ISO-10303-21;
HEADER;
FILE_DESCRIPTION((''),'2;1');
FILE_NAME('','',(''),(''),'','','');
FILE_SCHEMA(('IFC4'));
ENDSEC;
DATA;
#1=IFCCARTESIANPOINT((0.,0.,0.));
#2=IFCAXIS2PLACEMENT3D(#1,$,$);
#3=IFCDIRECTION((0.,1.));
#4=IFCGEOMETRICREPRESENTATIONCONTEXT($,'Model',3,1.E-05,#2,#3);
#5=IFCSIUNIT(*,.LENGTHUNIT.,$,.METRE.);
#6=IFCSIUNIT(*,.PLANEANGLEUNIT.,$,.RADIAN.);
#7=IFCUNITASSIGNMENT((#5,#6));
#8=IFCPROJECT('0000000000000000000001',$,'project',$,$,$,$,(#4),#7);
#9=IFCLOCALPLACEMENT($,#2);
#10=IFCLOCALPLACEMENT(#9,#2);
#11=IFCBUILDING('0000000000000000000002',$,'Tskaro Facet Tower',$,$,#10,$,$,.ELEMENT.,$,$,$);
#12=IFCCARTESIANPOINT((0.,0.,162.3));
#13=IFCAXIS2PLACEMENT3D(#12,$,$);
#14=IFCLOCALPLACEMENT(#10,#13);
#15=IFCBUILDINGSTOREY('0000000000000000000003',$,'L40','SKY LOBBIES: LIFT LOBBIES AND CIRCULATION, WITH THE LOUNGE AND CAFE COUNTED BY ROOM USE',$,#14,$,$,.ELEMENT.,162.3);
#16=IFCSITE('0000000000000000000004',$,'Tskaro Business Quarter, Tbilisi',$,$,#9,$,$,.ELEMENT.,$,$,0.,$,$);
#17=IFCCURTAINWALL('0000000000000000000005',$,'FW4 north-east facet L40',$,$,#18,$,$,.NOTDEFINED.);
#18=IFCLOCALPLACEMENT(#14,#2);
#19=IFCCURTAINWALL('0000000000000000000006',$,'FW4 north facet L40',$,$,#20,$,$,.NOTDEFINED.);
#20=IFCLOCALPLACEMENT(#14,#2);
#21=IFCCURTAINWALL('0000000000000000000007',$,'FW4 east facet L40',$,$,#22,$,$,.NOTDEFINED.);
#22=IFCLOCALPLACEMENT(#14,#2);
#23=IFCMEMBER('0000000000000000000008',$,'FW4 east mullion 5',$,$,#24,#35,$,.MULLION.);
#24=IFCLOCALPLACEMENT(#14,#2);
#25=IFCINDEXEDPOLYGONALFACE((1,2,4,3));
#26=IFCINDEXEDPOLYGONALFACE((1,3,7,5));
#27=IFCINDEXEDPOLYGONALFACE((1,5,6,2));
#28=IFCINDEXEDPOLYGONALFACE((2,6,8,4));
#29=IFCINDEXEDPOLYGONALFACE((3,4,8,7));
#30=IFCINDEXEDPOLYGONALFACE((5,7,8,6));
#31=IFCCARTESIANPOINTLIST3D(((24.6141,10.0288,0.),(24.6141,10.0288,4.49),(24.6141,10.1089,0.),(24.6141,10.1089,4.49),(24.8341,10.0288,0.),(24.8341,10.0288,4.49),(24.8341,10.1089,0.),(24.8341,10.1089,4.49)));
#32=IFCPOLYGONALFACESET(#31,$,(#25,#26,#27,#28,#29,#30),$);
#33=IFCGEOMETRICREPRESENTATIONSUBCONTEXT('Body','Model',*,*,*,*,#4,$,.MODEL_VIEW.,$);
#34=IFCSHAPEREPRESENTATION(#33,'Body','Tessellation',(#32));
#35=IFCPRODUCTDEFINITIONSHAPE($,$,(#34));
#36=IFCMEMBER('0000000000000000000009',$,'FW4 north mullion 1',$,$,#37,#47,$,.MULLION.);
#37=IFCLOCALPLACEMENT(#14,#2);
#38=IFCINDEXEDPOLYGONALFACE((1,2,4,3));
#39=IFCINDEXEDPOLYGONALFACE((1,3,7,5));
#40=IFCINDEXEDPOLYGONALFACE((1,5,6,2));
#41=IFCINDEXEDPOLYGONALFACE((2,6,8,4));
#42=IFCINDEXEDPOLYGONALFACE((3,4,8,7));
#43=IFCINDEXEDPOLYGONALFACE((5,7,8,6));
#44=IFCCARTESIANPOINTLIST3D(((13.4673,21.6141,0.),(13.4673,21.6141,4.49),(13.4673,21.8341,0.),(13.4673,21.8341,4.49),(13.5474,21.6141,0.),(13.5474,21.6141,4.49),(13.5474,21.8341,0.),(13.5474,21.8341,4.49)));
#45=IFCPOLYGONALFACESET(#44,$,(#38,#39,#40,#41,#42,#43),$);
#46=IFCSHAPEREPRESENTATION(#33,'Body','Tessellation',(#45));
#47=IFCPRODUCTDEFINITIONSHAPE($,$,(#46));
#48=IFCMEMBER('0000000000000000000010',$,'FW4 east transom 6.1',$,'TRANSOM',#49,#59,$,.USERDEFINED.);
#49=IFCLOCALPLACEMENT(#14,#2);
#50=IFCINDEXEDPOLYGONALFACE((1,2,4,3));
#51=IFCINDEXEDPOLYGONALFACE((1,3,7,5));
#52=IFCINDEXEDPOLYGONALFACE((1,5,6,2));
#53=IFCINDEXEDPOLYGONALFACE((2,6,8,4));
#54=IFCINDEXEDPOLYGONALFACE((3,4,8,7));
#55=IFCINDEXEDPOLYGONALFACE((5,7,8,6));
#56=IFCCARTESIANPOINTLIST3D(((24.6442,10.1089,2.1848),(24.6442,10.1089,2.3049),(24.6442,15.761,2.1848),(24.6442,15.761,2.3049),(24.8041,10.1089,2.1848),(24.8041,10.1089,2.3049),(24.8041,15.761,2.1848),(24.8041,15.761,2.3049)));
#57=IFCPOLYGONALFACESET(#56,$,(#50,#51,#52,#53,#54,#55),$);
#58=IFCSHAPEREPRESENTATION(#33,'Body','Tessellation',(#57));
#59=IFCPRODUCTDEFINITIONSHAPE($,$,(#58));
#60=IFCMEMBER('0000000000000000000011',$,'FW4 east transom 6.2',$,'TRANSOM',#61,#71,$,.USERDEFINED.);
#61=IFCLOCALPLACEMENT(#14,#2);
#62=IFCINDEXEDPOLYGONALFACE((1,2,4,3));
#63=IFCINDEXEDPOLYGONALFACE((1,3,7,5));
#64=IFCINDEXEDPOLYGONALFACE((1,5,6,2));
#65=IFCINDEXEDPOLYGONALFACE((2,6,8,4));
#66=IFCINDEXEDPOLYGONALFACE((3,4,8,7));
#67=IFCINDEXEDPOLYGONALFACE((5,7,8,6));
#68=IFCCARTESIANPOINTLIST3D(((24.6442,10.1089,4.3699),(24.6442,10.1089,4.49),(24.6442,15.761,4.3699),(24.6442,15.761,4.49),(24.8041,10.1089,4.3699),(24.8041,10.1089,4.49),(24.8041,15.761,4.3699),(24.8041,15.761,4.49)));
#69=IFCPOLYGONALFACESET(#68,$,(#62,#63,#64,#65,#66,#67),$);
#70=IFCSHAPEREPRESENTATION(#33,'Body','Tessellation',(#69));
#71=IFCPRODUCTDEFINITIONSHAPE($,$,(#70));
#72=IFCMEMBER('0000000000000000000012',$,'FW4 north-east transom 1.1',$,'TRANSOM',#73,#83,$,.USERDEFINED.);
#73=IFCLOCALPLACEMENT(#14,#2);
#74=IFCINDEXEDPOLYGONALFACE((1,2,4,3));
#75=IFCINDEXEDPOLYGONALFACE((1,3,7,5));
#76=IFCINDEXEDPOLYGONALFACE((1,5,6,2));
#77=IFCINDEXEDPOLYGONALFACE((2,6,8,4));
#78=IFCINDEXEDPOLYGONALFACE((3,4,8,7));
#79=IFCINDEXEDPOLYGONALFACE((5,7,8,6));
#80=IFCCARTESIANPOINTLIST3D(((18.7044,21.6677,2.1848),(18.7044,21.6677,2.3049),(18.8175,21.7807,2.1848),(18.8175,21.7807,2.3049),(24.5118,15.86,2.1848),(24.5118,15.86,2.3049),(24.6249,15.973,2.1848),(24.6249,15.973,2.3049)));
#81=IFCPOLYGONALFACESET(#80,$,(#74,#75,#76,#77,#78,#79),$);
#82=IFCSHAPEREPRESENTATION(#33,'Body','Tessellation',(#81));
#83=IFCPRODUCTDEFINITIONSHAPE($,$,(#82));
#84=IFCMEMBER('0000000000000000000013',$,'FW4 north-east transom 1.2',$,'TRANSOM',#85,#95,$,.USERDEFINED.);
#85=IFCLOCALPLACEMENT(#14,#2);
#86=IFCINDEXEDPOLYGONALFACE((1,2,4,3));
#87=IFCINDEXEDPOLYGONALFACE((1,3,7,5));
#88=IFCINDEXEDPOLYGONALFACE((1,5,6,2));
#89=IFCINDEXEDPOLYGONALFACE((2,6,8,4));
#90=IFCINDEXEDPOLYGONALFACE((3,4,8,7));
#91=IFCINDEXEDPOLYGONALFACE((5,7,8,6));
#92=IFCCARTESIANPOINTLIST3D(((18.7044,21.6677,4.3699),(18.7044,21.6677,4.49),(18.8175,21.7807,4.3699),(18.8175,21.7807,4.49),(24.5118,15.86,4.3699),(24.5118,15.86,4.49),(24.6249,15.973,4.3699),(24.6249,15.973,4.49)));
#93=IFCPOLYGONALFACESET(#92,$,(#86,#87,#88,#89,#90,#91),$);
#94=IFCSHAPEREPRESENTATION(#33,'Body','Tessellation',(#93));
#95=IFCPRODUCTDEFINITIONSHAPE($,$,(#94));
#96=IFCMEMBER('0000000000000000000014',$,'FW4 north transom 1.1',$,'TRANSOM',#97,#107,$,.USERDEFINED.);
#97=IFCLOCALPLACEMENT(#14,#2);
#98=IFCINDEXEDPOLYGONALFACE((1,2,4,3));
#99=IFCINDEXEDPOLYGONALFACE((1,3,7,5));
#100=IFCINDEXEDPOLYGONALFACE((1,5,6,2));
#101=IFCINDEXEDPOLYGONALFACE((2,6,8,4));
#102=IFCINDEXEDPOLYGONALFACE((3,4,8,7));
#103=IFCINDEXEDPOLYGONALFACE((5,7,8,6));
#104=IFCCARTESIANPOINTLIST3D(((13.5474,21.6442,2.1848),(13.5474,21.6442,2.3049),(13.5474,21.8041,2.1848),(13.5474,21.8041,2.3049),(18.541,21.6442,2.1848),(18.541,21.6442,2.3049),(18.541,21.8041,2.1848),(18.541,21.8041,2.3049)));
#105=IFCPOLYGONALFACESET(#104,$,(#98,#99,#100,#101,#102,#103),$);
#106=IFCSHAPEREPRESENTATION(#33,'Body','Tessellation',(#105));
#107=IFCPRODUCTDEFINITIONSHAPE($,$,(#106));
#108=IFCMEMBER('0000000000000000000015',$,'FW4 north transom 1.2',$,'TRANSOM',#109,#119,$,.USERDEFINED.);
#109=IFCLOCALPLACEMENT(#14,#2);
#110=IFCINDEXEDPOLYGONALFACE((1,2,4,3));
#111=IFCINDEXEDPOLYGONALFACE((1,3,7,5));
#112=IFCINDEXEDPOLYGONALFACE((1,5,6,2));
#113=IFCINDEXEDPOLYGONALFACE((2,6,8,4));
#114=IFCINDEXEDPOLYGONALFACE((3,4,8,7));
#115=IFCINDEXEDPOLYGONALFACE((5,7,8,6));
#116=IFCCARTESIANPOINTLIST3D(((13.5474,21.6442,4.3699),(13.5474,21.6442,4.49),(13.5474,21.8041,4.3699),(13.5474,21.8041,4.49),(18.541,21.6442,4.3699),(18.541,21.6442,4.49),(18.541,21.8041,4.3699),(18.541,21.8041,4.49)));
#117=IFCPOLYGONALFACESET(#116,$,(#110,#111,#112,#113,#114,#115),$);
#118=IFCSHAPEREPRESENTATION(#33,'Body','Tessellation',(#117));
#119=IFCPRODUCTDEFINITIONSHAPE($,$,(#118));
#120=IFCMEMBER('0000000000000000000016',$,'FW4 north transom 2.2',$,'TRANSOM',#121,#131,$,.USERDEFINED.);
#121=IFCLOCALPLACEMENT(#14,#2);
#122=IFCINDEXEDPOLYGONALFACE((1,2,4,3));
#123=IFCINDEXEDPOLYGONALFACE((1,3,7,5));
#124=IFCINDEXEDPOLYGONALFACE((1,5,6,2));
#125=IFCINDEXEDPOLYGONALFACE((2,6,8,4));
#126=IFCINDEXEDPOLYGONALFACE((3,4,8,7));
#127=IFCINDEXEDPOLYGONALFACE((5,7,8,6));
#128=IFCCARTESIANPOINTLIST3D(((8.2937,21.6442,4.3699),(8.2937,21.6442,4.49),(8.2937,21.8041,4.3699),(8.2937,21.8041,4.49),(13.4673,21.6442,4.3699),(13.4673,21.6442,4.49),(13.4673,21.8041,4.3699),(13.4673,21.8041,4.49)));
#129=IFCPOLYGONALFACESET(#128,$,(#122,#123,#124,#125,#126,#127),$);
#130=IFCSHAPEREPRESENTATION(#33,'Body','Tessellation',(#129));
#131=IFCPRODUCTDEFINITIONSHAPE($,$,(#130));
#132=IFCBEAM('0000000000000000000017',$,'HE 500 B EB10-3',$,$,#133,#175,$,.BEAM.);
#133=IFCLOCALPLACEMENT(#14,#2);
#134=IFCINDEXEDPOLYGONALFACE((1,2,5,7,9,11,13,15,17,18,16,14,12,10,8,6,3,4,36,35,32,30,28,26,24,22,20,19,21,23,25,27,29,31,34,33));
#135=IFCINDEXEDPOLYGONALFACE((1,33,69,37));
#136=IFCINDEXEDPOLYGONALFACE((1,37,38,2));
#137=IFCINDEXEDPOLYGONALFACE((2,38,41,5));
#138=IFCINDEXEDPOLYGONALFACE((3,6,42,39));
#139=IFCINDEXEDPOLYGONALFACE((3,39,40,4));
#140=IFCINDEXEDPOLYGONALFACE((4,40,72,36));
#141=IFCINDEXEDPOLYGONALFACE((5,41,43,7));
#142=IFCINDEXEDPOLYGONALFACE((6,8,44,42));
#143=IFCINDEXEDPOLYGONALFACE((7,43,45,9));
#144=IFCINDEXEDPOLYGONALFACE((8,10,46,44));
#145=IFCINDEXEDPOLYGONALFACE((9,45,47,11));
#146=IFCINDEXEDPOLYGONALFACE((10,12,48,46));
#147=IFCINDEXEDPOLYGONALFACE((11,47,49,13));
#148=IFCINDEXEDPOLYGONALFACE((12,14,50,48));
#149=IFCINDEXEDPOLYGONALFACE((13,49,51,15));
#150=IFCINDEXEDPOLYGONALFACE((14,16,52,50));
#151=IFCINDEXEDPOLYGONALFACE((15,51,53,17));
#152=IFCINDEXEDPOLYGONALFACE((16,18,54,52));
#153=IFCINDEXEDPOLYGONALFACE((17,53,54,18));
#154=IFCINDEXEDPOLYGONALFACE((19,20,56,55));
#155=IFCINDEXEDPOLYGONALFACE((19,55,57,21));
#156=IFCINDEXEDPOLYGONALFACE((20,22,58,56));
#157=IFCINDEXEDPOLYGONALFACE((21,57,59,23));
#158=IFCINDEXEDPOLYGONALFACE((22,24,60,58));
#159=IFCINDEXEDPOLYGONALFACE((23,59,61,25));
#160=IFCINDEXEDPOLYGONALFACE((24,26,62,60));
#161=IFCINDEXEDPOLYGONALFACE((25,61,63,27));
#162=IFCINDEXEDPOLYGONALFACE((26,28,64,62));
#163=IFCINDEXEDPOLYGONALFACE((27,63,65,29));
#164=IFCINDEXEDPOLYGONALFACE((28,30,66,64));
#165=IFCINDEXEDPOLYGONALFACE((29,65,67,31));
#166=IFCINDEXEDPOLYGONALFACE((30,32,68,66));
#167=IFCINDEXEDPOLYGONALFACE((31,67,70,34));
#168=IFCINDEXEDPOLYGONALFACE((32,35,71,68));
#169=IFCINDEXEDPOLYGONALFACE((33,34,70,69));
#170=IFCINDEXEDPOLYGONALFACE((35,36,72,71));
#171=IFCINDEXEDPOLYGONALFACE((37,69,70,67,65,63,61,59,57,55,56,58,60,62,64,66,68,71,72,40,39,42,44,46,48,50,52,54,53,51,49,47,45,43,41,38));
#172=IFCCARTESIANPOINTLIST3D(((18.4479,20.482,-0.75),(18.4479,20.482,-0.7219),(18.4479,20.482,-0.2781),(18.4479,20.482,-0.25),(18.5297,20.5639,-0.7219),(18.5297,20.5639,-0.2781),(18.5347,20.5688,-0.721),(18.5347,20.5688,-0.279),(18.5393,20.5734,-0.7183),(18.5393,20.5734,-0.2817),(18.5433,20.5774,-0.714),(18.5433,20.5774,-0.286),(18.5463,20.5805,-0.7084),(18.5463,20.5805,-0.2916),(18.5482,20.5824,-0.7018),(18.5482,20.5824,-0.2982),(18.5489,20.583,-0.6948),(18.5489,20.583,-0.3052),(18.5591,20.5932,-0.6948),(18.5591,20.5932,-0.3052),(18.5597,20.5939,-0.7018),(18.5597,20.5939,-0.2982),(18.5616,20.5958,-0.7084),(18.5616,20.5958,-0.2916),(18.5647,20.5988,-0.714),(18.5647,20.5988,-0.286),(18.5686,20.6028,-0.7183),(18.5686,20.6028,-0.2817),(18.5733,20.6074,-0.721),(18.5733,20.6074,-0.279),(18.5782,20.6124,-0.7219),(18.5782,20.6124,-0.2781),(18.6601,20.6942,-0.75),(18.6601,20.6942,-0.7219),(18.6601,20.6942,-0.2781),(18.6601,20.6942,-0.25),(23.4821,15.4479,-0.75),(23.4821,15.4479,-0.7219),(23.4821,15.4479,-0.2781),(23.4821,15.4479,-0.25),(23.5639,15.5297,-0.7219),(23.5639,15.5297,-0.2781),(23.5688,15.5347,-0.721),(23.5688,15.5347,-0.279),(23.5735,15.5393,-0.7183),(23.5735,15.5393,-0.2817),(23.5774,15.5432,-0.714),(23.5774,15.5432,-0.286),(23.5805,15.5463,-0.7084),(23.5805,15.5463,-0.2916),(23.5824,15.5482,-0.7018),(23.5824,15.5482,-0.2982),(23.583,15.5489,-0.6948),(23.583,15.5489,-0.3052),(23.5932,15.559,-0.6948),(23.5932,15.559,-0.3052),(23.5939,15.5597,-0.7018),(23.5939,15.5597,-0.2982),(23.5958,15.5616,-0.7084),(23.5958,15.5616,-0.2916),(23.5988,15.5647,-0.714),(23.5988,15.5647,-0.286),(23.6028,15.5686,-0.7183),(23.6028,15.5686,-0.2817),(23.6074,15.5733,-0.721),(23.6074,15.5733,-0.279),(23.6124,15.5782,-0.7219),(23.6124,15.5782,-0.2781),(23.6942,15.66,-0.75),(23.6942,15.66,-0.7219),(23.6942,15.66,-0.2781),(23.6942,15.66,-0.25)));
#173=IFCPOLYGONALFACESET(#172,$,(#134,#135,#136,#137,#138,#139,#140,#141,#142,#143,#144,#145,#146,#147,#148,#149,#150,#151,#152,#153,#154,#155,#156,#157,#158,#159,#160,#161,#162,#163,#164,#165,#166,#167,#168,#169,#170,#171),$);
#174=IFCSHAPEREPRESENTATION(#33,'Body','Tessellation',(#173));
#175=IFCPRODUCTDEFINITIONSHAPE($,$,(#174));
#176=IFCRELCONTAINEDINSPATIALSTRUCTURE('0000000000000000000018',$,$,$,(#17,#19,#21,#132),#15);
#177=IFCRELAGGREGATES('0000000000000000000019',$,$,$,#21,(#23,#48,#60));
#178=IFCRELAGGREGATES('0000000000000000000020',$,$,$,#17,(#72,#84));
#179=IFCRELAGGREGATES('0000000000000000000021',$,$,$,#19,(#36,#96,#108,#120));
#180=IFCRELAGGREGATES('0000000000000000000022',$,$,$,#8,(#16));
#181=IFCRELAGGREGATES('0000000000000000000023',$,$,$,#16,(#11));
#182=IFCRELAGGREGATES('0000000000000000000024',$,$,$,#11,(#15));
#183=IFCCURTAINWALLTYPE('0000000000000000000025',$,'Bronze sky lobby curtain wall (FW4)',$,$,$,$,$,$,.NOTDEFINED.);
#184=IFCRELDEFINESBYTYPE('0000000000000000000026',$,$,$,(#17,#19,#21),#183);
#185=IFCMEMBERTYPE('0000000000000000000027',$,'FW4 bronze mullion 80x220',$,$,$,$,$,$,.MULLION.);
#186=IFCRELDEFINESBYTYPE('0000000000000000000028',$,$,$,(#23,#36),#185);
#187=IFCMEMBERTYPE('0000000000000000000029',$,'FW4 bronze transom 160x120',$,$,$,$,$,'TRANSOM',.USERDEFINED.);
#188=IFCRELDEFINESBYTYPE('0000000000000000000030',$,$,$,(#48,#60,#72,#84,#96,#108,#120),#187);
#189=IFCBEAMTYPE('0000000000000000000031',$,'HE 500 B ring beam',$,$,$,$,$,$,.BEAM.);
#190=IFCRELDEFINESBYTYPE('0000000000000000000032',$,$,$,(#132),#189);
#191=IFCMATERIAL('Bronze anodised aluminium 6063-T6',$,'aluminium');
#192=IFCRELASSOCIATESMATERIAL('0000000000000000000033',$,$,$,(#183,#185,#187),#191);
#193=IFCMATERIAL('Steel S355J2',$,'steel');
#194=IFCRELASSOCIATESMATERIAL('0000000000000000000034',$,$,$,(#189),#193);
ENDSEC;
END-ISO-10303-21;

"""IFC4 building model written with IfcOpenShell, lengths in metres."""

from ifc_helpers import new_model, si_unit, direction, frame, origin, origin_2d, place, context, subcontext, project, spatial, rectangle, i_section, extrude, material, material_profile, profile_set, type_object, element, aggregate, save


model = new_model("IFC4")

# Units and contexts
model_context = context("Model", 3, precision=1e-05, world=origin(), true_north=direction((0.0, 1.0)))
body_context = subcontext(model_context, "Body", "Model", "MODEL_VIEW")
ifc_project = project(units=[si_unit("LENGTHUNIT", "METRE"), si_unit("PLANEANGLEUNIT", "RADIAN")], contexts=[model_context])

# Site, building, storey
site_placement = place(None, origin())
site = spatial("IfcSite", under=ifc_project, at=site_placement, Name="Tskaro Business Quarter, Tbilisi", CompositionType="ELEMENT", RefElevation=0.0)
building_placement = place(site_placement, origin())
building = spatial("IfcBuilding", under=site, at=building_placement, Name="Tskaro Facet Tower", CompositionType="ELEMENT")
storey_placement = place(building_placement, frame((0.0, 0.0, 162.3)))
storey = spatial("IfcBuildingStorey", under=building, at=storey_placement, Name="L40", Description="SKY LOBBIES: LIFT LOBBIES AND CIRCULATION, WITH THE LOUNGE AND CAFE COUNTED BY ROOM USE", CompositionType="ELEMENT", Elevation=162.3)

# Curtain walls, member
ifc_material_1 = material(Name="Bronze anodised aluminium 6063-T6", Category="aluminium")
curtain_wall_type = type_object("IfcCurtainWallType", Name="Bronze sky lobby curtain wall (FW4)", PredefinedType="NOTDEFINED", material=ifc_material_1)
curtain_wall_1_placement = place(storey_placement, origin())
curtain_wall_1 = element("IfcCurtainWall", 1, at=curtain_wall_1_placement, inside=storey, type_object=curtain_wall_type, Name="FW4 north-east facet L40", PredefinedType="NOTDEFINED")
curtain_wall_2_placement = place(storey_placement, origin())
curtain_wall_2 = element("IfcCurtainWall", 2, at=curtain_wall_2_placement, inside=storey, type_object=curtain_wall_type, Name="FW4 north facet L40", PredefinedType="NOTDEFINED")
curtain_wall_3_placement = place(storey_placement, origin())
curtain_wall_3 = element("IfcCurtainWall", 3, at=curtain_wall_3_placement, inside=storey, type_object=curtain_wall_type, Name="FW4 east facet L40", PredefinedType="NOTDEFINED")
ifc_material_profile_1 = material_profile(ifc_material_1, rectangle(XDim=0.0801, YDim=0.22, at=origin_2d()), Name="Mullion 80x220")
ifc_profile_set_1 = profile_set([ifc_material_profile_1], Name="Bronze anodised aluminium 6063-T6")
member_type_1 = type_object("IfcMemberType", Name="FW4 bronze mullion 80x220", PredefinedType="MULLION", material=ifc_profile_set_1)
member_1_placement = place(storey_placement, frame((24.7241, 10.0688, 0.0), z_axis=(0.0, 0.0, 1.0), x_axis=(0.0, 1.0, 0.0)))
member_1 = element("IfcMember", 4, at=member_1_placement, type_object=member_type_1, Name="FW4 east mullion 5", PredefinedType="MULLION", context=body_context, shape_type="SweptSolid", body=[
    extrude(rectangle(XDim=0.0801, YDim=0.22, at=origin_2d()), origin(), (0.0, 0.0, 1.0), 4.49),
])

# Members
member_2_placement = place(storey_placement, frame((13.5073, 21.7241, 0.0), z_axis=(0.0, 0.0, 1.0), x_axis=(-1.0, 0.0, 0.0)))
member_2 = element("IfcMember", 5, at=member_2_placement, type_object=member_type_1, Name="FW4 north mullion 1", PredefinedType="MULLION", context=body_context, shape_type="SweptSolid", body=[
    extrude(rectangle(XDim=0.0801, YDim=0.22, at=origin_2d()), origin(), (0.0, 0.0, 1.0), 4.49),
])
ifc_material_profile_2 = material_profile(ifc_material_1, rectangle(XDim=0.1599, YDim=0.1201, at=origin_2d()), Name="Transom 160x120")
ifc_profile_set_2 = profile_set([ifc_material_profile_2], Name="Bronze anodised aluminium 6063-T6")
member_type_2 = type_object("IfcMemberType", Name="FW4 bronze transom 160x120", ElementType="TRANSOM", PredefinedType="USERDEFINED", material=ifc_profile_set_2)
member_3_placement = place(storey_placement, frame((24.7241, 10.1089, 2.2449), z_axis=(0.0, 1.0, 0.0), x_axis=(-1.0, 0.0, 0.0)))
member_3 = element("IfcMember", 6, at=member_3_placement, type_object=member_type_2, Name="FW4 east transom 6.1", ObjectType="TRANSOM", PredefinedType="USERDEFINED", context=body_context, shape_type="SweptSolid", body=[
    extrude(rectangle(XDim=0.1599, YDim=0.1201, at=origin_2d()), origin(), (0.0, 0.0, 1.0), 5.6521),
])
member_4_placement = place(storey_placement, frame((24.7241, 10.1089, 4.4299), z_axis=(0.0, 1.0, 0.0), x_axis=(-1.0, 0.0, 0.0)))
member_4 = element("IfcMember", 7, at=member_4_placement, type_object=member_type_2, Name="FW4 east transom 6.2", ObjectType="TRANSOM", PredefinedType="USERDEFINED", context=body_context, shape_type="SweptSolid", body=[
    extrude(rectangle(XDim=0.1599, YDim=0.1201, at=origin_2d()), origin(), (0.0, 0.0, 1.0), 5.6521),
])
member_5_placement = place(storey_placement, frame((24.5684, 15.9165, 2.2449), z_axis=(-0.707092, 0.707122, 0.0), x_axis=(-0.707122, -0.707092, 0.0)))
member_5 = element("IfcMember", 8, at=member_5_placement, type_object=member_type_2, Name="FW4 north-east transom 1.1", ObjectType="TRANSOM", PredefinedType="USERDEFINED", context=body_context, shape_type="SweptSolid", body=[
    extrude(rectangle(XDim=0.1599, YDim=0.1201, at=origin_2d()), origin(), (0.0, 0.0, 1.0), 8.2131),
])
member_6_placement = place(storey_placement, frame((24.5684, 15.9165, 4.4299), z_axis=(-0.707092, 0.707122, 0.0), x_axis=(-0.707122, -0.707092, 0.0)))
member_6 = element("IfcMember", 9, at=member_6_placement, type_object=member_type_2, Name="FW4 north-east transom 1.2", ObjectType="TRANSOM", PredefinedType="USERDEFINED", context=body_context, shape_type="SweptSolid", body=[
    extrude(rectangle(XDim=0.1599, YDim=0.1201, at=origin_2d()), origin(), (0.0, 0.0, 1.0), 8.2131),
])
member_7_placement = place(storey_placement, frame((18.541, 21.7241, 2.2449), z_axis=(-1.0, 0.0, 0.0), x_axis=(0.0, -1.0, 0.0)))
member_7 = element("IfcMember", 10, at=member_7_placement, type_object=member_type_2, Name="FW4 north transom 1.1", ObjectType="TRANSOM", PredefinedType="USERDEFINED", context=body_context, shape_type="SweptSolid", body=[
    extrude(rectangle(XDim=0.1599, YDim=0.1201, at=origin_2d()), origin(), (0.0, 0.0, 1.0), 4.9937),
])
member_8_placement = place(storey_placement, frame((18.541, 21.7241, 4.4299), z_axis=(-1.0, 0.0, 0.0), x_axis=(0.0, -1.0, 0.0)))
member_8 = element("IfcMember", 11, at=member_8_placement, type_object=member_type_2, Name="FW4 north transom 1.2", ObjectType="TRANSOM", PredefinedType="USERDEFINED", context=body_context, shape_type="SweptSolid", body=[
    extrude(rectangle(XDim=0.1599, YDim=0.1201, at=origin_2d()), origin(), (0.0, 0.0, 1.0), 4.9937),
])
member_9_placement = place(storey_placement, frame((13.4673, 21.7241, 4.4299), z_axis=(-1.0, 0.0, 0.0), x_axis=(0.0, -1.0, 0.0)))
member_9 = element("IfcMember", 12, at=member_9_placement, type_object=member_type_2, Name="FW4 north transom 2.2", ObjectType="TRANSOM", PredefinedType="USERDEFINED", context=body_context, shape_type="SweptSolid", body=[
    extrude(rectangle(XDim=0.1599, YDim=0.1201, at=origin_2d()), origin(), (0.0, 0.0, 1.0), 5.1736),
])

# Beam
ifc_material_2 = material(Name="Steel S355J2", Category="steel")
ifc_material_profile_3 = material_profile(ifc_material_2, i_section(OverallWidth=0.3, OverallDepth=0.5, WebThickness=0.0144, FlangeThickness=0.0281, FilletRadius=0.0271, at=origin_2d()), Name="HE 500 B")
ifc_profile_set_3 = profile_set([ifc_material_profile_3], Name="Steel S355J2")
beam_type_1 = type_object("IfcBeamType", Name="HE 500 B ring beam", PredefinedType="BEAM", material=ifc_profile_set_3)
beam_1_placement = place(storey_placement, frame((23.5881, 15.554, -0.5), z_axis=(-0.707107, 0.707107, 0.0), x_axis=(-0.707107, -0.707107, 0.0)))
element("IfcBeam", 13, at=beam_1_placement, inside=storey, type_object=beam_type_1, Name="HE 500 B EB10-3", PredefinedType="BEAM", context=body_context, shape_type="SweptSolid", body=[
    extrude(i_section(OverallWidth=0.3, OverallDepth=0.5, WebThickness=0.0144, FlangeThickness=0.0281, FilletRadius=0.0271, at=origin_2d()), origin(), (0.0, 0.0, 1.0), 7.1194),
])

aggregate(curtain_wall_3, [member_1, member_3, member_4])
aggregate(curtain_wall_1, [member_5, member_6])
aggregate(curtain_wall_2, [member_2, member_7, member_8, member_9])

save(model, "model.ifc")
